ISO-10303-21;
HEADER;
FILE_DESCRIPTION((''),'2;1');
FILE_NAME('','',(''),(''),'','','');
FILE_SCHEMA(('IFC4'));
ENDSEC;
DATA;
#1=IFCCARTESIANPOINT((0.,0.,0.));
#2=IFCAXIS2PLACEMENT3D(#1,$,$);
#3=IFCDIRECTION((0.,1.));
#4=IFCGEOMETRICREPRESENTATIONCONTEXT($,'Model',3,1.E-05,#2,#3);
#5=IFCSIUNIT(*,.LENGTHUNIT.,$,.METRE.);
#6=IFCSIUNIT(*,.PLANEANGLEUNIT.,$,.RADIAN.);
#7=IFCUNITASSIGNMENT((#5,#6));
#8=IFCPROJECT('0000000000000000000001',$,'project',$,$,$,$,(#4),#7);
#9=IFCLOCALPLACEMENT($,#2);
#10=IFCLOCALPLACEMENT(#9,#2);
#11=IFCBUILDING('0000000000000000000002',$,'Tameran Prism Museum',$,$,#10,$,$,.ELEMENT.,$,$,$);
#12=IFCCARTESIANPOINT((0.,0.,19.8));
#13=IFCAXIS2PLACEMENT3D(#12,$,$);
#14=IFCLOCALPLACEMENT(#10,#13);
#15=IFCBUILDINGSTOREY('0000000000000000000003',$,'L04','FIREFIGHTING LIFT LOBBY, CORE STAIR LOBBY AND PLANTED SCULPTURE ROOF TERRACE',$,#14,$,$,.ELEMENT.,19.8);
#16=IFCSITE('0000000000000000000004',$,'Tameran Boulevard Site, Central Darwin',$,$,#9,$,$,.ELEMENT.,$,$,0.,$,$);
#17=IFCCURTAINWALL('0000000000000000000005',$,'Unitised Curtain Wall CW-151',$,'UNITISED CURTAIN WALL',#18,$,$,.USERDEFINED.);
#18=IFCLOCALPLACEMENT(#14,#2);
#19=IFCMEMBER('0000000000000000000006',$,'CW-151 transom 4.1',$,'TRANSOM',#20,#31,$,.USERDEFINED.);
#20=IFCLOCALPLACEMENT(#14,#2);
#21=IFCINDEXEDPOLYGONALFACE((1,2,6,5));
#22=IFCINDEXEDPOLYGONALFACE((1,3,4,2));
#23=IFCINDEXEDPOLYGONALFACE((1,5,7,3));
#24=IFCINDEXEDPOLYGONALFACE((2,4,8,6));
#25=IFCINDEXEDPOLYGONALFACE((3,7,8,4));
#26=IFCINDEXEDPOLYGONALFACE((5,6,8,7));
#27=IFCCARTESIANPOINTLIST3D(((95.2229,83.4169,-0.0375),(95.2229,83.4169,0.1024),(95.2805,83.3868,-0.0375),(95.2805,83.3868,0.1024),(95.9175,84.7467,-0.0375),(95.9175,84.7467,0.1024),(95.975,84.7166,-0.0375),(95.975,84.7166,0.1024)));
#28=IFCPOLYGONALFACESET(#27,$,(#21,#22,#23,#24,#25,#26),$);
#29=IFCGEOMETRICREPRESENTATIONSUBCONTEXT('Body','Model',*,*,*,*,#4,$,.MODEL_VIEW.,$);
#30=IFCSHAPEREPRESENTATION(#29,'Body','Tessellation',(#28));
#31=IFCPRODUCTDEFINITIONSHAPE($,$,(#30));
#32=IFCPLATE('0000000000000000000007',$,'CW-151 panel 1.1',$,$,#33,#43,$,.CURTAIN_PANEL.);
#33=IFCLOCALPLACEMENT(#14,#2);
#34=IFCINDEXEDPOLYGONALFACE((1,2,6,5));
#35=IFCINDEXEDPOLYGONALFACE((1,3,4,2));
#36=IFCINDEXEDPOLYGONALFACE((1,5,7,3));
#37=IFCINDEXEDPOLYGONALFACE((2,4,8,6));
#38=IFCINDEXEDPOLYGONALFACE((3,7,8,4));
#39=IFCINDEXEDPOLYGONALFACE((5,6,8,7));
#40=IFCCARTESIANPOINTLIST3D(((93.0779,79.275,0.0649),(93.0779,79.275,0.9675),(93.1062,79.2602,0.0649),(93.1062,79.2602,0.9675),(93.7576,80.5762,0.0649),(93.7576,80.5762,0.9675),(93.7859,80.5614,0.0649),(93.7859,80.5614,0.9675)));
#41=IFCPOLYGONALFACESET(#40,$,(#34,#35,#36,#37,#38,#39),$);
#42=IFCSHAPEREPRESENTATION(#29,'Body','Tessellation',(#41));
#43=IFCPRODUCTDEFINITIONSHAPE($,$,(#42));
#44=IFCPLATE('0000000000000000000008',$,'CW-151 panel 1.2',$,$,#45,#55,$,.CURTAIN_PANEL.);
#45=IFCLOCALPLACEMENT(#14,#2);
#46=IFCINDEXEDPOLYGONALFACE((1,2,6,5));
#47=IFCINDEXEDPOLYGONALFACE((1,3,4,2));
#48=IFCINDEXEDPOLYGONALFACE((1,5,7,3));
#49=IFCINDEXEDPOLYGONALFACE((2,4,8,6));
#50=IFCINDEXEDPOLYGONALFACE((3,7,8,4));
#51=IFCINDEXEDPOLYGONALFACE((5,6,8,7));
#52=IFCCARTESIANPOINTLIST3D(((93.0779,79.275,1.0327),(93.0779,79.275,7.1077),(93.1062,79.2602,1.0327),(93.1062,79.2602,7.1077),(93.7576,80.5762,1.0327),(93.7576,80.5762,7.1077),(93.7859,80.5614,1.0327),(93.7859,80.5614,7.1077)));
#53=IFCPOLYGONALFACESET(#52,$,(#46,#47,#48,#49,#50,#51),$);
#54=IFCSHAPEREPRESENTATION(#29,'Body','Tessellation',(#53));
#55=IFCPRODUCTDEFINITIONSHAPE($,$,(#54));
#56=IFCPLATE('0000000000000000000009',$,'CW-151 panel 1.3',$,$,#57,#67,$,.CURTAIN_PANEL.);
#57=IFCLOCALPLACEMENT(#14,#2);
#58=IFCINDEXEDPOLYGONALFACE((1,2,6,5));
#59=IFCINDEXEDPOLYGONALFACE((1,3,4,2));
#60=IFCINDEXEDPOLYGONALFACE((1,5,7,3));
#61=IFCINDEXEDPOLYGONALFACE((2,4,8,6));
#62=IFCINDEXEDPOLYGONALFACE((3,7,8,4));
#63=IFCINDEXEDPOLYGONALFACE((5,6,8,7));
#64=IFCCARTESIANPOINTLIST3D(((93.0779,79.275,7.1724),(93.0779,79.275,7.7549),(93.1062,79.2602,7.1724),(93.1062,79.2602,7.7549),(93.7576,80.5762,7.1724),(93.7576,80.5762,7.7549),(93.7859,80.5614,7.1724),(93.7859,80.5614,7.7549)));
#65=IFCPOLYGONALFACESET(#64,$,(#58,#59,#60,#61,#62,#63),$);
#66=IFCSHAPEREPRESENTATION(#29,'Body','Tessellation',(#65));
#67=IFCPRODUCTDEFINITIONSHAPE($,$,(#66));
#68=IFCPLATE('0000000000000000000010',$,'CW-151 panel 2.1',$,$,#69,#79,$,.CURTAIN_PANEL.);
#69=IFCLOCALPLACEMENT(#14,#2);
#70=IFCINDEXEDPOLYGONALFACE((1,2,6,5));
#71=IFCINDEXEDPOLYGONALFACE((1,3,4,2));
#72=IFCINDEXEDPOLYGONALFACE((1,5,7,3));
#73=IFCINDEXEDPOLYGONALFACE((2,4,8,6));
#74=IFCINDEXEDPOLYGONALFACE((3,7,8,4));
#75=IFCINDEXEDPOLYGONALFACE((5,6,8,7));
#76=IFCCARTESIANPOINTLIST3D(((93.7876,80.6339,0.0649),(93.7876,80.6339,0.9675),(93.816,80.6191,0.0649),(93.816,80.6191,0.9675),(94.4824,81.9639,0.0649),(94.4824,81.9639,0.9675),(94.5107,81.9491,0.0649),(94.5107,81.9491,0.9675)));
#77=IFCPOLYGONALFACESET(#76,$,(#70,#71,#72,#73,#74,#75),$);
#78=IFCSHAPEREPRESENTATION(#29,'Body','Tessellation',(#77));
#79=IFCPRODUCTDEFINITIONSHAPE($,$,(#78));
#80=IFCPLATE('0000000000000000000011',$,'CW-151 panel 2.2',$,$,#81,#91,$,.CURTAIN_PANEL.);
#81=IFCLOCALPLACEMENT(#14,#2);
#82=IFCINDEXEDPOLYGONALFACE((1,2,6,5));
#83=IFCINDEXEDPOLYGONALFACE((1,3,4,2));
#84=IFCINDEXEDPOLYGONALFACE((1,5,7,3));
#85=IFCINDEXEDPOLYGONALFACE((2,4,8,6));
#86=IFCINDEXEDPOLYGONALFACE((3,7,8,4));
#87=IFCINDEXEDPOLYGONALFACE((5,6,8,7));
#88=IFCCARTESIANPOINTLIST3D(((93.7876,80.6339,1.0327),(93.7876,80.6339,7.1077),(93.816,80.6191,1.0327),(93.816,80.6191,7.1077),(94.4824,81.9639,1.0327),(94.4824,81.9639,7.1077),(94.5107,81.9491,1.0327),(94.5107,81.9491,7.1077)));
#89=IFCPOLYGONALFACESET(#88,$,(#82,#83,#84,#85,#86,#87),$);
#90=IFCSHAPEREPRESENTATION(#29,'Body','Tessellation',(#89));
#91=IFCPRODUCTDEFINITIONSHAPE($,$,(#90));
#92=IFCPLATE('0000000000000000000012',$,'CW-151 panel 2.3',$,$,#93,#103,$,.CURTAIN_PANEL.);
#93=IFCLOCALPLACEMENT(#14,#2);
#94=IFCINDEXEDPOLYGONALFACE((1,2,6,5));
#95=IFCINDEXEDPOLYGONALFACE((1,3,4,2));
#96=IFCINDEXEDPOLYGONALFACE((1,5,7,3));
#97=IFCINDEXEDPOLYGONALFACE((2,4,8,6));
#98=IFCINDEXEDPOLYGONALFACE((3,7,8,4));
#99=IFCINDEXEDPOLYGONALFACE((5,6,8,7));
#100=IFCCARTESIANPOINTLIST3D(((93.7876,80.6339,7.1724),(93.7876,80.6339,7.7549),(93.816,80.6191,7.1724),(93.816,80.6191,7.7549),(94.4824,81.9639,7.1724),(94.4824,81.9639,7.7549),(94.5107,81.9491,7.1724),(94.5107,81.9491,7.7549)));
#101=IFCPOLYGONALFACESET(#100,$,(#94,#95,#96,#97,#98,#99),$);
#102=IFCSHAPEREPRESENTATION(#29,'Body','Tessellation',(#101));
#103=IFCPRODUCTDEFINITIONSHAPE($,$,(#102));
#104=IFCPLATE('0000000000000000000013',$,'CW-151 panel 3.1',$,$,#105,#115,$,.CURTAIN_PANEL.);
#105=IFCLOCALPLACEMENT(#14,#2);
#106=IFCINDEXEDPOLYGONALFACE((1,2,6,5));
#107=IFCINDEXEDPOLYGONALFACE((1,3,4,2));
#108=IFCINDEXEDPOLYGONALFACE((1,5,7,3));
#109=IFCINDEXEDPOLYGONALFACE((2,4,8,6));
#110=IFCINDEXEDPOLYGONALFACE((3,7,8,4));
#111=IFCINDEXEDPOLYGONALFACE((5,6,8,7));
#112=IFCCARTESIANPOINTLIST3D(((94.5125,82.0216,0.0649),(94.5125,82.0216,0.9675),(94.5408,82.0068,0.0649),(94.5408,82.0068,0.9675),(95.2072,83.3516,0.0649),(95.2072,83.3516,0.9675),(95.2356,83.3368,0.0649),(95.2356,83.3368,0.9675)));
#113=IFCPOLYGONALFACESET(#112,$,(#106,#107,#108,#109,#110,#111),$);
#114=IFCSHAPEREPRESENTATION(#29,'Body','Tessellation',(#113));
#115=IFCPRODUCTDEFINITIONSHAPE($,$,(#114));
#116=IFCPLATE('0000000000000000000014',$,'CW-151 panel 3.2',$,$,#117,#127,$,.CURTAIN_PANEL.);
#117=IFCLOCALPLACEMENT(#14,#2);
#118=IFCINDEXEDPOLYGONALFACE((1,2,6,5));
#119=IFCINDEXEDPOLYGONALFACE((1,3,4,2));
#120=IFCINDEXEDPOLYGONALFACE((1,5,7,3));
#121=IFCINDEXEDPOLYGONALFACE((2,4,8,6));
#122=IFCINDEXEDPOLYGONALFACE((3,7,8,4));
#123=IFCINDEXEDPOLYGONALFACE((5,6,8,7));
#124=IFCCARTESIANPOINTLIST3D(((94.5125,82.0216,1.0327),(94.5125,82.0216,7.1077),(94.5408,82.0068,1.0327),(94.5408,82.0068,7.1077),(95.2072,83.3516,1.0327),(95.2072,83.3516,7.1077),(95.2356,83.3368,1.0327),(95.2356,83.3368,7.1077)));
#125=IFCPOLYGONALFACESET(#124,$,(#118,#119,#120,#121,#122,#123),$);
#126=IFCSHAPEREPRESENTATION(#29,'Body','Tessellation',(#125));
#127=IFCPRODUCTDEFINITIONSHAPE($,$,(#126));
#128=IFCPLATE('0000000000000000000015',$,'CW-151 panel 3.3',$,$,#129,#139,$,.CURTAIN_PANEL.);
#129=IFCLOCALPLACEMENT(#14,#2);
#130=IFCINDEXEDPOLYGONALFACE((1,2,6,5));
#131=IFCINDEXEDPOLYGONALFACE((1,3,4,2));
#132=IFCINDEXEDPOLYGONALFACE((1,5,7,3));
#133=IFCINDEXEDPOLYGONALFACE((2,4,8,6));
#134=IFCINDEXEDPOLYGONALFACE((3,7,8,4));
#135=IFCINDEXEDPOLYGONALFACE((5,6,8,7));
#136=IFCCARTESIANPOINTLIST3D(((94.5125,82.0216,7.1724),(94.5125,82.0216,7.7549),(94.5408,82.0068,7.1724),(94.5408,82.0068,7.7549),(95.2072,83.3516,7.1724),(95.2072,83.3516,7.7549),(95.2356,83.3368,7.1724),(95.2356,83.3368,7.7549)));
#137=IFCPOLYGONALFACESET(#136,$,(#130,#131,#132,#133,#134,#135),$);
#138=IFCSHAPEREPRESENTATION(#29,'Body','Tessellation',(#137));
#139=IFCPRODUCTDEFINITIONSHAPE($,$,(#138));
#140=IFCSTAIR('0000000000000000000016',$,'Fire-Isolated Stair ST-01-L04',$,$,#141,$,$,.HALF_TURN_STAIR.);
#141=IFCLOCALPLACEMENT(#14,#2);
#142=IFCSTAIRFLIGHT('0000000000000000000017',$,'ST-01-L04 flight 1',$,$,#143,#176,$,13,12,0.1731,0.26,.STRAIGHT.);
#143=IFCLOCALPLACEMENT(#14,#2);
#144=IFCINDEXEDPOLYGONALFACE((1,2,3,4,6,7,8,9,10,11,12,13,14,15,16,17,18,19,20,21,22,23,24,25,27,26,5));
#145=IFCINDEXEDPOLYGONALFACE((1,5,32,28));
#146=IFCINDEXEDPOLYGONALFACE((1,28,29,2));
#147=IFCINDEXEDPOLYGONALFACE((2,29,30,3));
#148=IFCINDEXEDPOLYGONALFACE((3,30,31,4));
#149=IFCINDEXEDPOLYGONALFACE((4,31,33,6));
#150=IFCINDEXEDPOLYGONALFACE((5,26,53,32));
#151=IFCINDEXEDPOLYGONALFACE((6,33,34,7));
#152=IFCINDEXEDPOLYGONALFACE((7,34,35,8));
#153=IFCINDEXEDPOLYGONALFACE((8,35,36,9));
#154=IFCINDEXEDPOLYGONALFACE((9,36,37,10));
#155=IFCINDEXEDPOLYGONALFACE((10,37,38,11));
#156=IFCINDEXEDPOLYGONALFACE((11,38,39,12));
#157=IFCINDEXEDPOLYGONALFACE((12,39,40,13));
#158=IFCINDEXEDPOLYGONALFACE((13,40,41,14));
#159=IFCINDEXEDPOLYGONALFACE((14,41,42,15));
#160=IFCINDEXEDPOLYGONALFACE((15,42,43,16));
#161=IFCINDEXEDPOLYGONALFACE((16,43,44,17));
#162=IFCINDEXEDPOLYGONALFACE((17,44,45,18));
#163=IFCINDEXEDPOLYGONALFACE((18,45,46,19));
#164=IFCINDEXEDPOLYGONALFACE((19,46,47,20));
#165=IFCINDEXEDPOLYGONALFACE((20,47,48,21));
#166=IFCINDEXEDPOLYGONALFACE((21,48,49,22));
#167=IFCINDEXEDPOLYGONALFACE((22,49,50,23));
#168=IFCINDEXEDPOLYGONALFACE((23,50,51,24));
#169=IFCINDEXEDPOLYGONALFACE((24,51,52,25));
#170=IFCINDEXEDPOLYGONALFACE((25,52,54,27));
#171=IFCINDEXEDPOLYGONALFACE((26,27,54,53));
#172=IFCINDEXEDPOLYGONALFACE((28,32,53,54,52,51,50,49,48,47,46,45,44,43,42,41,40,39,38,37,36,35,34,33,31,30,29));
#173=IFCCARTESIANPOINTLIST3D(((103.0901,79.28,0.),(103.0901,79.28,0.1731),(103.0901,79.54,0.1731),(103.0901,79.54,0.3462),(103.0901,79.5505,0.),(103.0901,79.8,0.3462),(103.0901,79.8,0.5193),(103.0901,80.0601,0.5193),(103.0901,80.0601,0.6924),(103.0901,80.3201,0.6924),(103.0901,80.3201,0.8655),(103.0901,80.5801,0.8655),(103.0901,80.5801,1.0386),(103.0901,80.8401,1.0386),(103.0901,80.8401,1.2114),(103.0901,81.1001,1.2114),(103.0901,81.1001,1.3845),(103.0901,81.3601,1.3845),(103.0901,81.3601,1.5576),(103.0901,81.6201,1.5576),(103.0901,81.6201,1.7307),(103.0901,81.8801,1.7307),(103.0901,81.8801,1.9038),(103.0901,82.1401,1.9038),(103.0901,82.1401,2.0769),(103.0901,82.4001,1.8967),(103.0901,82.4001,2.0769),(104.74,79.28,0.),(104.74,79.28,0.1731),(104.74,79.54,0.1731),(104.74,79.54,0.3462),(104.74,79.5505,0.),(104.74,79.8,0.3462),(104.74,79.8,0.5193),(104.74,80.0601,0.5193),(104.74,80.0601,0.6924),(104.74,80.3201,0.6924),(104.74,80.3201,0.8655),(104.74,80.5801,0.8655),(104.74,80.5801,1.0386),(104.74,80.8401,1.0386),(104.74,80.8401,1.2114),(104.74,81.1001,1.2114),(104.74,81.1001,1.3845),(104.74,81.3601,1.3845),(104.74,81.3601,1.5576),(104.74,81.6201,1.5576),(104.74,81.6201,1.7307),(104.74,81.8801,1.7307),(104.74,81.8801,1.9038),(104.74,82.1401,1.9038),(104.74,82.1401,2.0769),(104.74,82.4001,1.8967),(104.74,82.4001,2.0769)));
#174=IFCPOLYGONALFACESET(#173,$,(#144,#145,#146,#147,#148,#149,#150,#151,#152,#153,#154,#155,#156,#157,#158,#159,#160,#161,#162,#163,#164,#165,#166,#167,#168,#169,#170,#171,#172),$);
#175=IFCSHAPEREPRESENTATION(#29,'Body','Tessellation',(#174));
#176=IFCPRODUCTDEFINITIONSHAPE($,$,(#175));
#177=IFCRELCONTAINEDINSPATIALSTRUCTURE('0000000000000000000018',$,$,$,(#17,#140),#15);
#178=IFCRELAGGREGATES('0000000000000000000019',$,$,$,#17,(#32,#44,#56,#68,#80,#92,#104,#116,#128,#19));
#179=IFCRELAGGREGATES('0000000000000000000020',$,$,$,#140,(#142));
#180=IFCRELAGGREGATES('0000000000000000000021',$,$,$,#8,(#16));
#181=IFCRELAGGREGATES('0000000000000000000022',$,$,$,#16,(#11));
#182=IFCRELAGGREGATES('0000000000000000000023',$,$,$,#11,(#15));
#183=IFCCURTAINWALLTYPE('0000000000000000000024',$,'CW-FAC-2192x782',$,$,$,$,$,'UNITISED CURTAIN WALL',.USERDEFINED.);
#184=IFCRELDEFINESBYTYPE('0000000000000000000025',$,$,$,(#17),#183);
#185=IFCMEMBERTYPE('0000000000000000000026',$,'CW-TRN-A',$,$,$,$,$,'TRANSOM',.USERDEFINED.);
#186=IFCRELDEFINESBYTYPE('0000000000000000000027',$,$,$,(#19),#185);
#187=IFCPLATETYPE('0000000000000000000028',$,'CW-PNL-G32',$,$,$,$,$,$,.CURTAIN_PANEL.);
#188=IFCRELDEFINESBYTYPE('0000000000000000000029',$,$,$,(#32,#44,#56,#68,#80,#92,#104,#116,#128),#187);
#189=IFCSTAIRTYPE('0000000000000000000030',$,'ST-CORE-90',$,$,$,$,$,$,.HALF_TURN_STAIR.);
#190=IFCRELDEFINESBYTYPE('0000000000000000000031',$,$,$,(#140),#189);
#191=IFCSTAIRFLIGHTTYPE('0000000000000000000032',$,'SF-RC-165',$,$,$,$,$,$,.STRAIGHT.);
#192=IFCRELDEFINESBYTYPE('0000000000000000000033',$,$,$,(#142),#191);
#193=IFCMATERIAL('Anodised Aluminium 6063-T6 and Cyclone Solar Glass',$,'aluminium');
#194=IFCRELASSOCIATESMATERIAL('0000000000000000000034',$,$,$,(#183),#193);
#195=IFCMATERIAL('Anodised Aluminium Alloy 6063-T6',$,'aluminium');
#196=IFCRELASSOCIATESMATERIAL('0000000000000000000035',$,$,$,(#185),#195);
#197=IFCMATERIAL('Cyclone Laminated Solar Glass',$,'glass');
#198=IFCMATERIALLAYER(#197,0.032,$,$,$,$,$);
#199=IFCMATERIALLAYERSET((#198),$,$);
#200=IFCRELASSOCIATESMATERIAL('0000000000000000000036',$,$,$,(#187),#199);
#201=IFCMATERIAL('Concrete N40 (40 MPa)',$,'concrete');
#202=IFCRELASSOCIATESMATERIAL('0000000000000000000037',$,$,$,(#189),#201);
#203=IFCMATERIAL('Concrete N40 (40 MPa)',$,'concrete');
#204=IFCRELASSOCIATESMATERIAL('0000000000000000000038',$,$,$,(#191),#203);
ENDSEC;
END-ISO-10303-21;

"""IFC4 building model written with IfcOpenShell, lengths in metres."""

from ifc_helpers import new_model, si_unit, direction, frame, origin, origin_2d, place, context, subcontext, project, spatial, polyline, rectangle, outline, extrude, material, layer, layer_set, material_profile, profile_set, type_object, element, aggregate, save


model = new_model("IFC4")

# Units and contexts
model_context = context("Model", 3, precision=1e-05, world=origin(), true_north=direction((0.0, 1.0)))
body_context = subcontext(model_context, "Body", "Model", "MODEL_VIEW")
ifc_project = project(units=[si_unit("LENGTHUNIT", "METRE"), si_unit("PLANEANGLEUNIT", "RADIAN")], contexts=[model_context])

# Site, building, storey
site_placement = place(None, origin())
site = spatial("IfcSite", under=ifc_project, at=site_placement, Name="Tameran Boulevard Site, Central Darwin", CompositionType="ELEMENT", RefElevation=0.0)
building_placement = place(site_placement, origin())
building = spatial("IfcBuilding", under=site, at=building_placement, Name="Tameran Prism Museum", CompositionType="ELEMENT")
storey_placement = place(building_placement, frame((0.0, 0.0, 19.8)))
storey = spatial("IfcBuildingStorey", under=building, at=storey_placement, Name="L04", Description="FIREFIGHTING LIFT LOBBY, CORE STAIR LOBBY AND PLANTED SCULPTURE ROOF TERRACE", CompositionType="ELEMENT", Elevation=19.8)

# Curtain wall, member, plates
ifc_material_1 = material(Name="Anodised Aluminium 6063-T6 and Cyclone Solar Glass", Category="aluminium")
curtain_wall_type = type_object("IfcCurtainWallType", Name="CW-FAC-2192x782", ElementType="UNITISED CURTAIN WALL", PredefinedType="USERDEFINED", material=ifc_material_1)
curtain_wall_placement = place(storey_placement, origin())
curtain_wall = element("IfcCurtainWall", 1, at=curtain_wall_placement, inside=storey, type_object=curtain_wall_type, Name="Unitised Curtain Wall CW-151", ObjectType="UNITISED CURTAIN WALL", PredefinedType="USERDEFINED")
ifc_material_2 = material(Name="Anodised Aluminium Alloy 6063-T6", Category="aluminium")
ifc_material_profile_1 = material_profile(ifc_material_2, rectangle(XDim=0.0649, YDim=0.1399, at=origin_2d()))
ifc_profile_set_1 = profile_set([ifc_material_profile_1])
member_type_1 = type_object("IfcMemberType", Name="CW-TRN-A", ElementType="TRANSOM", PredefinedType="USERDEFINED", material=ifc_profile_set_1)
member_1_placement = place(storey_placement, frame((95.2517, 83.4019, 0.0325), z_axis=(0.462961, 0.886379, 0.0), x_axis=(-0.886379, 0.462961, 0.0)))
member_1 = element("IfcMember", 2, at=member_1_placement, type_object=member_type_1, Name="CW-151 transom 4.1", ObjectType="TRANSOM", PredefinedType="USERDEFINED", context=body_context, shape_type="SweptSolid", body=[
    extrude(rectangle(XDim=0.0649, YDim=0.1399, at=origin_2d()), origin(), (0.0, 0.0, 1.0), 1.5002),
])
ifc_material_3 = material(Name="Cyclone Laminated Solar Glass", Category="glass")
ifc_layer_1 = layer(ifc_material_3, 0.032)
ifc_layer_set_1 = layer_set([ifc_layer_1])
plate_type = type_object("IfcPlateType", Name="CW-PNL-G32", PredefinedType="CURTAIN_PANEL", material=ifc_layer_set_1)
plate_1_placement = place(storey_placement, frame((93.4319, 79.9182, 0.0649), z_axis=(0.0, 0.0, 1.0), x_axis=(0.463003, 0.886357, 0.0)))
plate_1 = element("IfcPlate", 3, at=plate_1_placement, type_object=plate_type, Name="CW-151 panel 1.1", PredefinedType="CURTAIN_PANEL", context=body_context, shape_type="SweptSolid", body=[
    extrude(rectangle(XDim=1.468, YDim=0.032, at=origin_2d()), origin(), (0.0, 0.0, 1.0), 0.9026),
])
plate_2_placement = place(storey_placement, frame((93.4319, 79.9182, 1.0327), z_axis=(0.0, 0.0, 1.0), x_axis=(0.463003, 0.886357, 0.0)))
plate_2 = element("IfcPlate", 4, at=plate_2_placement, type_object=plate_type, Name="CW-151 panel 1.2", PredefinedType="CURTAIN_PANEL", context=body_context, shape_type="SweptSolid", body=[
    extrude(rectangle(XDim=1.468, YDim=0.032, at=origin_2d()), origin(), (0.0, 0.0, 1.0), 6.075),
])
plate_3_placement = place(storey_placement, frame((93.4319, 79.9182, 7.1724), z_axis=(0.0, 0.0, 1.0), x_axis=(0.463003, 0.886357, 0.0)))
plate_3 = element("IfcPlate", 5, at=plate_3_placement, type_object=plate_type, Name="CW-151 panel 1.3", PredefinedType="CURTAIN_PANEL", context=body_context, shape_type="SweptSolid", body=[
    extrude(rectangle(XDim=1.468, YDim=0.032, at=origin_2d()), origin(), (0.0, 0.0, 1.0), 0.5825),
])
plate_4_placement = place(storey_placement, frame((94.1492, 81.2915, 0.0649), z_axis=(0.0, 0.0, 1.0), x_axis=(0.463003, 0.886357, 0.0)))
plate_4 = element("IfcPlate", 6, at=plate_4_placement, type_object=plate_type, Name="CW-151 panel 2.1", PredefinedType="CURTAIN_PANEL", context=body_context, shape_type="SweptSolid", body=[
    extrude(rectangle(XDim=1.5005, YDim=0.032, at=origin_2d()), origin(), (0.0, 0.0, 1.0), 0.9026),
])
plate_5_placement = place(storey_placement, frame((94.1492, 81.2915, 1.0327), z_axis=(0.0, 0.0, 1.0), x_axis=(0.463003, 0.886357, 0.0)))
plate_5 = element("IfcPlate", 7, at=plate_5_placement, type_object=plate_type, Name="CW-151 panel 2.2", PredefinedType="CURTAIN_PANEL", context=body_context, shape_type="SweptSolid", body=[
    extrude(rectangle(XDim=1.5005, YDim=0.032, at=origin_2d()), origin(), (0.0, 0.0, 1.0), 6.075),
])
plate_6_placement = place(storey_placement, frame((94.1492, 81.2915, 7.1724), z_axis=(0.0, 0.0, 1.0), x_axis=(0.463003, 0.886357, 0.0)))
plate_6 = element("IfcPlate", 8, at=plate_6_placement, type_object=plate_type, Name="CW-151 panel 2.3", PredefinedType="CURTAIN_PANEL", context=body_context, shape_type="SweptSolid", body=[
    extrude(rectangle(XDim=1.5005, YDim=0.032, at=origin_2d()), origin(), (0.0, 0.0, 1.0), 0.5825),
])
plate_7_placement = place(storey_placement, frame((94.874, 82.6792, 0.0649), z_axis=(0.0, 0.0, 1.0), x_axis=(0.463003, 0.886357, 0.0)))
plate_7 = element("IfcPlate", 9, at=plate_7_placement, type_object=plate_type, Name="CW-151 panel 3.1", PredefinedType="CURTAIN_PANEL", context=body_context, shape_type="SweptSolid", body=[
    extrude(rectangle(XDim=1.5005, YDim=0.032, at=origin_2d()), origin(), (0.0, 0.0, 1.0), 0.9026),
])
plate_8_placement = place(storey_placement, frame((94.874, 82.6792, 1.0327), z_axis=(0.0, 0.0, 1.0), x_axis=(0.463003, 0.886357, 0.0)))
plate_8 = element("IfcPlate", 10, at=plate_8_placement, type_object=plate_type, Name="CW-151 panel 3.2", PredefinedType="CURTAIN_PANEL", context=body_context, shape_type="SweptSolid", body=[
    extrude(rectangle(XDim=1.5005, YDim=0.032, at=origin_2d()), origin(), (0.0, 0.0, 1.0), 6.075),
])
plate_9_placement = place(storey_placement, frame((94.874, 82.6792, 7.1724), z_axis=(0.0, 0.0, 1.0), x_axis=(0.463003, 0.886357, 0.0)))
plate_9 = element("IfcPlate", 11, at=plate_9_placement, type_object=plate_type, Name="CW-151 panel 3.3", PredefinedType="CURTAIN_PANEL", context=body_context, shape_type="SweptSolid", body=[
    extrude(rectangle(XDim=1.5005, YDim=0.032, at=origin_2d()), origin(), (0.0, 0.0, 1.0), 0.5825),
])
aggregate(curtain_wall, [plate_1, plate_2, plate_3, plate_4, plate_5, plate_6, plate_7, plate_8, plate_9, member_1])

# Stair, stair flight
ifc_material_4 = material(Name="Concrete N40 (40 MPa)", Category="concrete")
stair_type = type_object("IfcStairType", Name="ST-CORE-90", PredefinedType="HALF_TURN_STAIR", material=ifc_material_4)
stair_placement = place(storey_placement, origin())
stair = element("IfcStair", 12, at=stair_placement, inside=storey, type_object=stair_type, Name="Fire-Isolated Stair ST-01-L04", PredefinedType="HALF_TURN_STAIR")
ifc_material_5 = material(Name="Concrete N40 (40 MPa)", Category="concrete")
stair_flight_type = type_object("IfcStairFlightType", Name="SF-RC-165", PredefinedType="STRAIGHT", material=ifc_material_5)
stair_flight_placement = place(storey_placement, frame((103.915, 79.28, 0.0), z_axis=(0.0, 0.0, 1.0), x_axis=(0.0, 1.0, 0.0)))
stair_flight = element("IfcStairFlight", 13, at=stair_flight_placement, type_object=stair_flight_type, Name="ST-01-L04 flight 1", NumberOfRisers=13, NumberOfTreads=12, PredefinedType="STRAIGHT", RiserHeight=0.1731, TreadLength=0.26, context=body_context, shape_type="SweptSolid", body=[
    extrude(outline(polyline([(0.0, 0.0), (0.0, 0.1731), (0.26, 0.1731), (0.26, 0.3462), (0.52, 0.3462), (0.52, 0.5193), (0.78, 0.5193), (0.78, 0.6924), (1.04, 0.6924), (1.04, 0.8655), (1.3, 0.8655), (1.3, 1.0386), (1.5601, 1.0386), (1.5601, 1.2114), (1.8201, 1.2114), (1.8201, 1.3845), (2.0801, 1.3845), (2.0801, 1.5576), (2.3401, 1.5576), (2.3401, 1.7307), (2.6001, 1.7307), (2.6001, 1.9038), (2.8601, 1.9038), (2.8601, 2.0769), (3.1201, 2.0769), (3.1201, 2.25), (3.1201, 1.8967), (0.2705, 0.0), (0.0, 0.0)])), frame((0.0, 0.825, 0.0), z_axis=(0.0, -1.0, 0.0), x_axis=(1.0, 0.0, 0.0)), (0.0, 0.0, 1.0), 1.6499),
])
aggregate(stair, [stair_flight])

save(model, "model.ifc")
